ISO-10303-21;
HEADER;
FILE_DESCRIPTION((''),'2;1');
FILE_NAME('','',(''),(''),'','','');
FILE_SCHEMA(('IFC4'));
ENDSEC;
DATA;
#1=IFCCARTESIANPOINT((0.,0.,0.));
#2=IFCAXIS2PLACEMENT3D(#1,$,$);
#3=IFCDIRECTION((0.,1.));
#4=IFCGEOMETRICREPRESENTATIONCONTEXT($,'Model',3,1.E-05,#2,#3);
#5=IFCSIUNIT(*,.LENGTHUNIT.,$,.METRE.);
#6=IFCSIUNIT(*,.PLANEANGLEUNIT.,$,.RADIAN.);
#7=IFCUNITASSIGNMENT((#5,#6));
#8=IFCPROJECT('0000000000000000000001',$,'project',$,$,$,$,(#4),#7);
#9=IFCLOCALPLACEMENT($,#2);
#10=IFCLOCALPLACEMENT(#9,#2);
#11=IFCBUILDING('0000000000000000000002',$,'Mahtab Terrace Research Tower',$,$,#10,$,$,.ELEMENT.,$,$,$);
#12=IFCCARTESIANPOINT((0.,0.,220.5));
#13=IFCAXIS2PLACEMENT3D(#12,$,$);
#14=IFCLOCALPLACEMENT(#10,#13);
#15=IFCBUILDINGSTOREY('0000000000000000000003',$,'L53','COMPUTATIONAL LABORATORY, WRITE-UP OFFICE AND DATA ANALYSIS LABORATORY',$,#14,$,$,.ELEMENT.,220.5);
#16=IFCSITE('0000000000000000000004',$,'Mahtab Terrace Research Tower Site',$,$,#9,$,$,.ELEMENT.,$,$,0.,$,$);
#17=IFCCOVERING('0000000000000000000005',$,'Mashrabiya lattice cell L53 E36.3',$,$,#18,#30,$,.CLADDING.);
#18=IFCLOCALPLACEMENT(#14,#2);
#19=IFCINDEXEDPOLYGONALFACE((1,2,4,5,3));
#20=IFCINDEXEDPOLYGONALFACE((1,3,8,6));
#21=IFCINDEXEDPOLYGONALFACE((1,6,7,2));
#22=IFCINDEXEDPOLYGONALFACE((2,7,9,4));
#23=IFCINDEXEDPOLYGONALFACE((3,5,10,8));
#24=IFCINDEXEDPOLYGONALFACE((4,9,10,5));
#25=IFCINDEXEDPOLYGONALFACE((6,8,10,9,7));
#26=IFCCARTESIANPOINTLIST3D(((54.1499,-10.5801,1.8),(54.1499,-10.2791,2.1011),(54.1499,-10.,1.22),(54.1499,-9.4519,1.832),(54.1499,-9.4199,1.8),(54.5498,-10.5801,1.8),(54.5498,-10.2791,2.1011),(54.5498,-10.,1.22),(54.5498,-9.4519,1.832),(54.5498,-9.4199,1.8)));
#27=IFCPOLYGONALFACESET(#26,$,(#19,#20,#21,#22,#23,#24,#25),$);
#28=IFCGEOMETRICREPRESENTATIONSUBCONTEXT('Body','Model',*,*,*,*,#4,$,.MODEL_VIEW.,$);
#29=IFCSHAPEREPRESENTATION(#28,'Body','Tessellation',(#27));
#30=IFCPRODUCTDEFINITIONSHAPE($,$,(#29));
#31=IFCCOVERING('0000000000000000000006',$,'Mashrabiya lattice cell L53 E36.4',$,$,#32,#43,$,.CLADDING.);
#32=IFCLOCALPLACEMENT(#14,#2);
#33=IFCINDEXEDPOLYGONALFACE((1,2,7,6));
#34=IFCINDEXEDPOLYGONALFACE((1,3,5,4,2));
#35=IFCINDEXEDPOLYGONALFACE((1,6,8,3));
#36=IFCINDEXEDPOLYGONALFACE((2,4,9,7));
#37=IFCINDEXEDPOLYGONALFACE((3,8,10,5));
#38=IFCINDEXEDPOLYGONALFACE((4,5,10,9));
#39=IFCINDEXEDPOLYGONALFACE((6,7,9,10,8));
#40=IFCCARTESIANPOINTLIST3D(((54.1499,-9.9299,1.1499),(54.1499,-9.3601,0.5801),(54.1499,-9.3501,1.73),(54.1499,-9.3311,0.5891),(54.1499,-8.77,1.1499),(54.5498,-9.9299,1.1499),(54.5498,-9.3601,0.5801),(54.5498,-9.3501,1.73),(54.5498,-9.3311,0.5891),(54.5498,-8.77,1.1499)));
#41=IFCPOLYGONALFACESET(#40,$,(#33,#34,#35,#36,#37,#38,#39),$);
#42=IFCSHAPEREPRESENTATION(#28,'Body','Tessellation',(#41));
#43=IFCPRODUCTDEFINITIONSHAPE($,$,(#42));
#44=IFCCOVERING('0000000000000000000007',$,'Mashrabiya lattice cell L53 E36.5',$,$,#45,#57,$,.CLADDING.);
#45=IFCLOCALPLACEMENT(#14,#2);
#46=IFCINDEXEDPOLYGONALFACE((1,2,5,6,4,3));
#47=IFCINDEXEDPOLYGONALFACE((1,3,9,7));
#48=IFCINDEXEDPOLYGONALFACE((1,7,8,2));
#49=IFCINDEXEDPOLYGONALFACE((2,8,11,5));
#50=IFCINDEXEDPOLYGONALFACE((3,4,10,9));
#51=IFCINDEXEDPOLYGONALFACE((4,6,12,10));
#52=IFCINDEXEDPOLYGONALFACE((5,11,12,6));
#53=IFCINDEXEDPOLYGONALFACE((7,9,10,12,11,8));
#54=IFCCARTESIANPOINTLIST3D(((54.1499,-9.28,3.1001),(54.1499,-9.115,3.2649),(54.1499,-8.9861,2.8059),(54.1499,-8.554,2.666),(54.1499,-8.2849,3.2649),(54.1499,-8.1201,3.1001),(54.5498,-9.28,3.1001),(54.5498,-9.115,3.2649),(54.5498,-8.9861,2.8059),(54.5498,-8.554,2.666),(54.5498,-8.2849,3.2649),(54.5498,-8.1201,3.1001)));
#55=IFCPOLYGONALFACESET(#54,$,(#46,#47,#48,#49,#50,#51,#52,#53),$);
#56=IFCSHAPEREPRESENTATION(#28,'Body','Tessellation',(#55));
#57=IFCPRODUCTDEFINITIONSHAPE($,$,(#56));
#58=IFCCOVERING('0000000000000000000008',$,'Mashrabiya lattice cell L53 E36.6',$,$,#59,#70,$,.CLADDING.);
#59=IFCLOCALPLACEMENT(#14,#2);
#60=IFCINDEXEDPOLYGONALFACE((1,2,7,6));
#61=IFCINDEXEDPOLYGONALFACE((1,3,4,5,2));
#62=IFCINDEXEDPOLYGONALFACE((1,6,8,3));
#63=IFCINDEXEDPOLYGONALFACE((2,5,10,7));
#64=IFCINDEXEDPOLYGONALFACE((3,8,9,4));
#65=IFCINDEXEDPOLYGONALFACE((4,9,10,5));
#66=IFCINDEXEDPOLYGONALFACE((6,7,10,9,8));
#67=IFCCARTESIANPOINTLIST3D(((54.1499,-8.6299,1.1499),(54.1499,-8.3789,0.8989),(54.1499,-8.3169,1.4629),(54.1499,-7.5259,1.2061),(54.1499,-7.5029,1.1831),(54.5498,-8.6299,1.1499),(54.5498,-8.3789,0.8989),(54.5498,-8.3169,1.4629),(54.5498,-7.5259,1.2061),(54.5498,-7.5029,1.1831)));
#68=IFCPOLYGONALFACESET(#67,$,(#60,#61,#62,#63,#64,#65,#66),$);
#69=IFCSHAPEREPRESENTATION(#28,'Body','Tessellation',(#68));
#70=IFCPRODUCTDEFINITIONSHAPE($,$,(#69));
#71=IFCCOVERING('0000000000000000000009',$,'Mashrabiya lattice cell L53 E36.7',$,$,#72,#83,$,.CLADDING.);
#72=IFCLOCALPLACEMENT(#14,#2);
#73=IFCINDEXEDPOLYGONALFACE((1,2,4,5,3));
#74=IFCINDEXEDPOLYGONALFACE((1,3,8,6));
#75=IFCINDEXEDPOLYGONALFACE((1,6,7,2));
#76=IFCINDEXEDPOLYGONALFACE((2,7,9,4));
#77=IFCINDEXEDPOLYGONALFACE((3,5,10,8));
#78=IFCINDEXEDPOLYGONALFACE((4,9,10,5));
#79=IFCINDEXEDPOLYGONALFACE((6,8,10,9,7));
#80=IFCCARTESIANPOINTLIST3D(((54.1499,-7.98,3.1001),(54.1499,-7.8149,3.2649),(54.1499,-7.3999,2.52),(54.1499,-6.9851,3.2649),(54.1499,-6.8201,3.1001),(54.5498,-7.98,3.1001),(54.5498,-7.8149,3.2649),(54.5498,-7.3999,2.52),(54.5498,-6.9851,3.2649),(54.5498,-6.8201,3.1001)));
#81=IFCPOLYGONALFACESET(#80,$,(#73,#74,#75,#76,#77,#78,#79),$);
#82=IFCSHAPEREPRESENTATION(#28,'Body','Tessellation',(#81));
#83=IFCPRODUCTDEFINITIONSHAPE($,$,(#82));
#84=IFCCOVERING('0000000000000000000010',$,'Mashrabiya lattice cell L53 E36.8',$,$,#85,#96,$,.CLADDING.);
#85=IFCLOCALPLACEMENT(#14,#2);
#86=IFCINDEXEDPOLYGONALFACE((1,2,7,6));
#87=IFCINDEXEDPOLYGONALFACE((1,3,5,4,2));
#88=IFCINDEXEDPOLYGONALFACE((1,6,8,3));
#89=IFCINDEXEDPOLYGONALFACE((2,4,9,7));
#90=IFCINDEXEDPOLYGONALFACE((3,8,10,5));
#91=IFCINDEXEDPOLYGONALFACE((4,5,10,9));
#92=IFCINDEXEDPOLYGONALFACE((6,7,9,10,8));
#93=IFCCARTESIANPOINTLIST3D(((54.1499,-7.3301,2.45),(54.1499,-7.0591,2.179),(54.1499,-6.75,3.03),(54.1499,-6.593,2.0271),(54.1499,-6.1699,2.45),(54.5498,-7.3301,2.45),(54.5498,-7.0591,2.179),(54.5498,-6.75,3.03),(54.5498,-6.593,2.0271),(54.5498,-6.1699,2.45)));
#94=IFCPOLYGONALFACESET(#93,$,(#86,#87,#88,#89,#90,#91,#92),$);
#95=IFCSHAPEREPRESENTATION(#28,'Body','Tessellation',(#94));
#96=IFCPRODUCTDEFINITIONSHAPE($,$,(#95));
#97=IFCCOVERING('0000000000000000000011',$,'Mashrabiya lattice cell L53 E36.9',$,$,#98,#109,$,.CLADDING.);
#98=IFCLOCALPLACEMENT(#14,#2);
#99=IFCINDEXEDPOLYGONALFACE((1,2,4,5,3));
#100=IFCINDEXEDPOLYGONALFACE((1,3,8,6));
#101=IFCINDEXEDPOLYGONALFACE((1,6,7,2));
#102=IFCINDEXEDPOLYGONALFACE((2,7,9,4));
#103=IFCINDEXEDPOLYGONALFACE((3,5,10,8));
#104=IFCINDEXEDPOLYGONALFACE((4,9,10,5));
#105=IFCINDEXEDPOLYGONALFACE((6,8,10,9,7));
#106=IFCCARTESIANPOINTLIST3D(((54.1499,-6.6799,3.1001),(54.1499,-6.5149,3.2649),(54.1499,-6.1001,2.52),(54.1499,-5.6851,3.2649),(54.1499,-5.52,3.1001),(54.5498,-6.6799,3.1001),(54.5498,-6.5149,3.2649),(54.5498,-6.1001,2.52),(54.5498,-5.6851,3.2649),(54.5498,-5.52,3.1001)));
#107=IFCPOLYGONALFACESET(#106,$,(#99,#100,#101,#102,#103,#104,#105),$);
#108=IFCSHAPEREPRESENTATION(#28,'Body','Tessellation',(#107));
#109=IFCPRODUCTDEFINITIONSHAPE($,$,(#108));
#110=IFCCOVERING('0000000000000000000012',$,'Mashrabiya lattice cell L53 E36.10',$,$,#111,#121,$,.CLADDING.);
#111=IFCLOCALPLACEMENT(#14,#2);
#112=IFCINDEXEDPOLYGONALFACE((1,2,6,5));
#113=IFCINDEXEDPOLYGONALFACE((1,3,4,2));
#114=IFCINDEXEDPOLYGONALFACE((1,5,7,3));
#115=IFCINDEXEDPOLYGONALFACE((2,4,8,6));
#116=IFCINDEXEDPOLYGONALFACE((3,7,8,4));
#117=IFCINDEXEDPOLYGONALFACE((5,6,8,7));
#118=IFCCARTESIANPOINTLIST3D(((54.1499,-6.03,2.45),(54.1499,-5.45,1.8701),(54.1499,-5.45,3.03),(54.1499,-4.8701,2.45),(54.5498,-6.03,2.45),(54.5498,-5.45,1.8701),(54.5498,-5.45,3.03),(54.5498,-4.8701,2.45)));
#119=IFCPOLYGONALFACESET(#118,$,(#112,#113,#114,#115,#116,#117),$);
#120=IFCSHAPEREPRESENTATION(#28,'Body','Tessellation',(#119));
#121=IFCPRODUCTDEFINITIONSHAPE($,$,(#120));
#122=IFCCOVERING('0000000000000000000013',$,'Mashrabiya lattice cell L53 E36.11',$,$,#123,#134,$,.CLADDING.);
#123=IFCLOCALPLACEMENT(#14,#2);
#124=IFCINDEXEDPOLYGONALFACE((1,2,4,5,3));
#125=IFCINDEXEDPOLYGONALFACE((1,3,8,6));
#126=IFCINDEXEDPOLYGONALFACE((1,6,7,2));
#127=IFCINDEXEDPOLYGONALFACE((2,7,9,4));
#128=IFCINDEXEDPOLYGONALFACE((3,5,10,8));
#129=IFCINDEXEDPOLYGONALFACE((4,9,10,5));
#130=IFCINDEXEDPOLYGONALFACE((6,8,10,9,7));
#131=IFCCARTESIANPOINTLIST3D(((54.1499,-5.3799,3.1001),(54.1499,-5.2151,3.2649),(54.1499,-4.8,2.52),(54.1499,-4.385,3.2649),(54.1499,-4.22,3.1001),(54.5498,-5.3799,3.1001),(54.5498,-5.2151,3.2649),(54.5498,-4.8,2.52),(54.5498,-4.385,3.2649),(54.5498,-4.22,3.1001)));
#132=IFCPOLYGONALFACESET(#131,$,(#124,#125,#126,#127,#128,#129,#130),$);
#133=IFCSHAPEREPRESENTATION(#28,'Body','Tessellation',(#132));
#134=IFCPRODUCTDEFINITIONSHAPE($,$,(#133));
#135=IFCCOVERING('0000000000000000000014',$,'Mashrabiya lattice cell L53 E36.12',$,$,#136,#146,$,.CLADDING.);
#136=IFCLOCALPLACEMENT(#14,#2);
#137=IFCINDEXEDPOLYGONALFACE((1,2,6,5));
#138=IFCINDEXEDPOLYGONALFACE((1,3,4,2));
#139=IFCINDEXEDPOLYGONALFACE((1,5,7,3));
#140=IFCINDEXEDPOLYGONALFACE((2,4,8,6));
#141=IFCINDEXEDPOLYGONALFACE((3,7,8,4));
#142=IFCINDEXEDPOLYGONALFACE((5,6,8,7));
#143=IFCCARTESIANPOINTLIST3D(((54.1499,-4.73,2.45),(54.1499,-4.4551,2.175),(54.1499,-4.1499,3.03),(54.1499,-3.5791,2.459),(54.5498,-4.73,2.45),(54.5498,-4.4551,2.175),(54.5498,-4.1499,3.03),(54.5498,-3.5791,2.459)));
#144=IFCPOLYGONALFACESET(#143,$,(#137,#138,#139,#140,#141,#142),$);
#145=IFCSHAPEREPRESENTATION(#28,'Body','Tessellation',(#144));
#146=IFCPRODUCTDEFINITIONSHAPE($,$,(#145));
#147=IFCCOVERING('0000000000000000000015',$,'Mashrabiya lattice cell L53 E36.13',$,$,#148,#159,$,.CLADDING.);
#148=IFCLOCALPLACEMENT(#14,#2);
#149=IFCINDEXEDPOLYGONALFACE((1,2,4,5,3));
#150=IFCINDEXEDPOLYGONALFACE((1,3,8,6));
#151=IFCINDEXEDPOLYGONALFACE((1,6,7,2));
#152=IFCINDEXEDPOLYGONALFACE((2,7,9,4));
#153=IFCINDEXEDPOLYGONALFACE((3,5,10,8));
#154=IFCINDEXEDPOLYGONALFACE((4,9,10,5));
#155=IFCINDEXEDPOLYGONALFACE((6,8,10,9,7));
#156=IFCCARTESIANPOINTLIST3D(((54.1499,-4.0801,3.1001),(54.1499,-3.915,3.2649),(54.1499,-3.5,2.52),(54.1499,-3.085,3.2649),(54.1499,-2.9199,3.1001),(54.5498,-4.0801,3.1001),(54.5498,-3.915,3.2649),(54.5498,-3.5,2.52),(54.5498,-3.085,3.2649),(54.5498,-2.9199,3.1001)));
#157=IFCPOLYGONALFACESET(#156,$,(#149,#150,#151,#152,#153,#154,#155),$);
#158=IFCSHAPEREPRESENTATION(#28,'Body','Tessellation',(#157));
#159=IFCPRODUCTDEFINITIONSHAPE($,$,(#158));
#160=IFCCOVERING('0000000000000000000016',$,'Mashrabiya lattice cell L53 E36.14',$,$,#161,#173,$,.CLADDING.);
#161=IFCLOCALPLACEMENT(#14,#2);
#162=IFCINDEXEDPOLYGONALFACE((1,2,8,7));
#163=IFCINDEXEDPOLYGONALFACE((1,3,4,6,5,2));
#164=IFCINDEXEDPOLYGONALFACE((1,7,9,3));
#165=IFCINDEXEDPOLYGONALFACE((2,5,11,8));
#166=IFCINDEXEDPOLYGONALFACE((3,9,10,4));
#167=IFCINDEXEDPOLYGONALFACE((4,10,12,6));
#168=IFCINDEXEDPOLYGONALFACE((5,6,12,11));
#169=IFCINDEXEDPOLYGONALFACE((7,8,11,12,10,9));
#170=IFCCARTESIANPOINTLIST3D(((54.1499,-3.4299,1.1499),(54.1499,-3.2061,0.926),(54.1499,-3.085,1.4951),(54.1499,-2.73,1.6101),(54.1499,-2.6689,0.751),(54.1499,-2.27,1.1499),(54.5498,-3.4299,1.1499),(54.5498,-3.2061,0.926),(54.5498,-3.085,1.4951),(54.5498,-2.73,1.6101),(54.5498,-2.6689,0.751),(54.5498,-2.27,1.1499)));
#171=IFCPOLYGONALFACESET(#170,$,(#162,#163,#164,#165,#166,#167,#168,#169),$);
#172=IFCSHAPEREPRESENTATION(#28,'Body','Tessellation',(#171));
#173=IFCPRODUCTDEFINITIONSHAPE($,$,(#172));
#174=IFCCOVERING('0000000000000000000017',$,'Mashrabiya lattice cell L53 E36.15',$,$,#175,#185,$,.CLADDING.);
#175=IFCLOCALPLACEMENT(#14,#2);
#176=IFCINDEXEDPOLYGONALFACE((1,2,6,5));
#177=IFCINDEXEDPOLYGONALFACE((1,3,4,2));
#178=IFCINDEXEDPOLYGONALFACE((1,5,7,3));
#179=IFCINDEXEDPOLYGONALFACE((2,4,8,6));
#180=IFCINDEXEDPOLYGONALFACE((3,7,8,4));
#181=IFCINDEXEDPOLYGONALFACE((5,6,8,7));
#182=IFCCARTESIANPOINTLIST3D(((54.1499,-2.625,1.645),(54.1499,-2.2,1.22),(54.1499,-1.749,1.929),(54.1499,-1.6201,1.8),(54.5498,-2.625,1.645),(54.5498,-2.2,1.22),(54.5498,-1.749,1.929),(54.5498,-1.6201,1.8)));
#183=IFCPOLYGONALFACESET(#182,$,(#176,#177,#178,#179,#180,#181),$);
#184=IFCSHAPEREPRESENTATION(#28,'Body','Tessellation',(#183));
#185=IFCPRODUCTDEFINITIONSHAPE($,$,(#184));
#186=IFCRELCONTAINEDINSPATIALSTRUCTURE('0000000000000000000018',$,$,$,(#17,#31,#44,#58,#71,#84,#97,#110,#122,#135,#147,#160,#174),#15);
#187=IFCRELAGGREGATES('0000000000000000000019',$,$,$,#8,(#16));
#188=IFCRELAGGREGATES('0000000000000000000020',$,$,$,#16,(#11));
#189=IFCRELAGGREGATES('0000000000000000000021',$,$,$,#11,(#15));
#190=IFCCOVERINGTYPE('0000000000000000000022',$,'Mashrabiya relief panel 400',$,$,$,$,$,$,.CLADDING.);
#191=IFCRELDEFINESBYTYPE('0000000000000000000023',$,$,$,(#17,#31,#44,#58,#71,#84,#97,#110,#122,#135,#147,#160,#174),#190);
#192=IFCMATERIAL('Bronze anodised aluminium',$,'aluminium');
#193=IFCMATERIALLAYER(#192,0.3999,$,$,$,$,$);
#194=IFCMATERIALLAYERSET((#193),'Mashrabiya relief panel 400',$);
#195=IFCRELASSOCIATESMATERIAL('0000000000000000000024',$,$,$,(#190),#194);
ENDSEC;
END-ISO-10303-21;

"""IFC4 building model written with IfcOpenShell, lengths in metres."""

from ifc_helpers import new_model, si_unit, direction, frame, origin, place, context, subcontext, project, spatial, polyline, outline, extrude, material, layer, layer_set, type_object, element, save


model = new_model("IFC4")

# Units and contexts
model_context = context("Model", 3, precision=1e-05, world=origin(), true_north=direction((0.0, 1.0)))
body_context = subcontext(model_context, "Body", "Model", "MODEL_VIEW")
ifc_project = project(units=[si_unit("LENGTHUNIT", "METRE"), si_unit("PLANEANGLEUNIT", "RADIAN")], contexts=[model_context])

# Site, building, storey
site_placement = place(None, origin())
site = spatial("IfcSite", under=ifc_project, at=site_placement, Name="Mahtab Terrace Research Tower Site", CompositionType="ELEMENT", RefElevation=0.0)
building_placement = place(site_placement, origin())
building = spatial("IfcBuilding", under=site, at=building_placement, Name="Mahtab Terrace Research Tower", CompositionType="ELEMENT")
storey_placement = place(building_placement, frame((0.0, 0.0, 220.5)))
storey = spatial("IfcBuildingStorey", under=building, at=storey_placement, Name="L53", Description="COMPUTATIONAL LABORATORY, WRITE-UP OFFICE AND DATA ANALYSIS LABORATORY", CompositionType="ELEMENT", Elevation=220.5)

# Coverings
ifc_material_1 = material(Name="Bronze anodised aluminium", Category="aluminium")
ifc_layer_1 = layer(ifc_material_1, 0.3999)
ifc_layer_set_1 = layer_set([ifc_layer_1], Name="Mashrabiya relief panel 400")
covering_type = type_object("IfcCoveringType", Name="Mashrabiya relief panel 400", PredefinedType="CLADDING", material=ifc_layer_set_1)
covering_1_placement = place(storey_placement, frame((54.1499, -9.4199, 1.8), z_axis=(-1.0, 0.0, 0.0), x_axis=(0.0, -0.707107, -0.707107)))
element("IfcCovering", 1, at=covering_1_placement, inside=storey, type_object=covering_type, Name="Mashrabiya lattice cell L53 E36.3", PredefinedType="CLADDING", context=body_context, shape_type="SweptSolid", body=[
    extrude(outline(polyline([(0.0, 0.0), (0.8204, 0.0), (0.8204, 0.8204), (0.3946, 0.8204), (0.0, 0.0452), (0.0, 0.0)])), origin(), (0.0, 0.0, -1.0), 0.3999),
])
covering_2_placement = place(storey_placement, frame((54.1499, -9.9299, 1.1499), z_axis=(-1.0, 0.0, 0.0), x_axis=(0.0, 0.706958, 0.707256)))
element("IfcCovering", 2, at=covering_2_placement, inside=storey, type_object=covering_type, Name="Mashrabiya lattice cell L53 E36.4", PredefinedType="CLADDING", context=body_context, shape_type="SweptSolid", body=[
    extrude(outline(polyline([(0.0, 0.0), (0.8202, 0.0), (0.82, 0.8204), (0.0268, 0.82), (-0.0002, 0.8059), (0.0, 0.0)])), origin(), (0.0, 0.0, -1.0), 0.3999),
])
covering_3_placement = place(storey_placement, frame((54.1499, -9.28, 3.1001), z_axis=(-1.0, 0.0, 0.0), x_axis=(0.0, 0.70763, 0.706583)))
element("IfcCovering", 3, at=covering_3_placement, inside=storey, type_object=covering_type, Name="Mashrabiya lattice cell L53 E36.5", PredefinedType="CLADDING", context=body_context, shape_type="SweptSolid", body=[
    extrude(outline(polyline([(0.0, 0.0), (0.2332, 0.0), (0.8206, 0.5865), (0.8208, 0.8196), (0.2071, 0.8202), (0.0001, 0.4159), (0.0, 0.0)])), origin(), (0.0, 0.0, -1.0), 0.3999),
])
covering_4_placement = place(storey_placement, frame((54.1499, -8.6299, 1.1499), z_axis=(-1.0, 0.0, 0.0), x_axis=(0.0, 0.707107, 0.707107)))
element("IfcCovering", 4, at=covering_4_placement, inside=storey, type_object=covering_type, Name="Mashrabiya lattice cell L53 E36.6", PredefinedType="CLADDING", context=body_context, shape_type="SweptSolid", body=[
    extrude(outline(polyline([(0.0, 0.0), (0.4426, 0.0), (0.8204, 0.7409), (0.8204, 0.7734), (0.0, 0.3549), (0.0, 0.0)])), origin(), (0.0, 0.0, -1.0), 0.3999),
])
covering_5_placement = place(storey_placement, frame((54.1499, -6.8201, 3.1001), z_axis=(-1.0, 0.0, 0.0), x_axis=(0.0, -0.706958, -0.707256)))
element("IfcCovering", 5, at=covering_5_placement, inside=storey, type_object=covering_type, Name="Mashrabiya lattice cell L53 E36.7", PredefinedType="CLADDING", context=body_context, shape_type="SweptSolid", body=[
    extrude(outline(polyline([(0.0, 0.0), (0.8202, 0.0), (0.82, 0.8204), (0.5868, 0.8201), (0.0001, 0.2332), (0.0, 0.0)])), origin(), (0.0, 0.0, -1.0), 0.3999),
])
covering_6_placement = place(storey_placement, frame((54.1499, -7.3301, 2.45), z_axis=(-1.0, 0.0, 0.0), x_axis=(0.0, 0.707107, 0.707107)))
element("IfcCovering", 6, at=covering_6_placement, inside=storey, type_object=covering_type, Name="Mashrabiya lattice cell L53 E36.8", PredefinedType="CLADDING", context=body_context, shape_type="SweptSolid", body=[
    extrude(outline(polyline([(0.0, 0.0), (0.8204, 0.0), (0.8204, 0.8204), (0.2222, 0.8202), (0.0, 0.3832), (0.0, 0.0)])), origin(), (0.0, 0.0, -1.0), 0.3999),
])
covering_7_placement = place(storey_placement, frame((54.1499, -5.52, 3.1001), z_axis=(-1.0, 0.0, 0.0), x_axis=(0.0, -0.707107, -0.707107)))
element("IfcCovering", 7, at=covering_7_placement, inside=storey, type_object=covering_type, Name="Mashrabiya lattice cell L53 E36.9", PredefinedType="CLADDING", context=body_context, shape_type="SweptSolid", body=[
    extrude(outline(polyline([(0.0, 0.0), (0.8204, 0.0), (0.8202, 0.8202), (0.587, 0.82), (0.0002, 0.2332), (0.0, 0.0)])), origin(), (0.0, 0.0, -1.0), 0.3999),
])
covering_8_placement = place(storey_placement, frame((54.1499, -5.45, 3.03), z_axis=(-1.0, 0.0, 0.0), x_axis=(0.0, 0.706958, -0.707256)))
element("IfcCovering", 8, at=covering_8_placement, inside=storey, type_object=covering_type, Name="Mashrabiya lattice cell L53 E36.10", PredefinedType="CLADDING", context=body_context, shape_type="SweptSolid", body=[
    extrude(outline(polyline([(0.0, 0.0), (0.8202, 0.0), (0.8204, 0.82), (0.0002, 0.8204), (0.0, 0.0)])), origin(), (0.0, 0.0, -1.0), 0.3999),
])
covering_9_placement = place(storey_placement, frame((54.1499, -4.22, 3.1001), z_axis=(-1.0, 0.0, 0.0), x_axis=(0.0, -0.707107, -0.707107)))
element("IfcCovering", 9, at=covering_9_placement, inside=storey, type_object=covering_type, Name="Mashrabiya lattice cell L53 E36.11", PredefinedType="CLADDING", context=body_context, shape_type="SweptSolid", body=[
    extrude(outline(polyline([(0.0, 0.0), (0.8204, 0.0), (0.8202, 0.8202), (0.5871, 0.8202), (0.0002, 0.2332), (0.0, 0.0)])), origin(), (0.0, 0.0, -1.0), 0.3999),
])
covering_10_placement = place(storey_placement, frame((54.1499, -4.73, 2.45), z_axis=(-1.0, 0.0, 0.0), x_axis=(0.0, 0.707107, 0.707107)))
element("IfcCovering", 10, at=covering_10_placement, inside=storey, type_object=covering_type, Name="Mashrabiya lattice cell L53 E36.12", PredefinedType="CLADDING", context=body_context, shape_type="SweptSolid", body=[
    extrude(outline(polyline([(0.0, 0.0), (0.8204, 0.0), (0.8202, 0.8074), (0.0, 0.3888), (0.0, 0.0)])), origin(), (0.0, 0.0, -1.0), 0.3999),
])
covering_11_placement = place(storey_placement, frame((54.1499, -2.9199, 3.1001), z_axis=(-1.0, 0.0, 0.0), x_axis=(0.0, -0.707107, -0.707107)))
element("IfcCovering", 11, at=covering_11_placement, inside=storey, type_object=covering_type, Name="Mashrabiya lattice cell L53 E36.13", PredefinedType="CLADDING", context=body_context, shape_type="SweptSolid", body=[
    extrude(outline(polyline([(0.0, 0.0), (0.8204, 0.0), (0.8204, 0.8204), (0.5871, 0.8202), (0.0002, 0.2332), (0.0, 0.0)])), origin(), (0.0, 0.0, -1.0), 0.3999),
])
covering_12_placement = place(storey_placement, frame((54.1499, -3.4299, 1.1499), z_axis=(-1.0, 0.0, 0.0), x_axis=(0.0, 0.706857, 0.707357)))
element("IfcCovering", 12, at=covering_12_placement, inside=storey, type_object=covering_type, Name="Mashrabiya lattice cell L53 E36.14", PredefinedType="CLADDING", context=body_context, shape_type="SweptSolid", body=[
    extrude(outline(polyline([(0.0, 0.0), (0.488, 0.0), (0.8203, 0.1698), (0.8199, 0.8205), (0.2557, 0.8203), (-0.0001, 0.3166), (0.0, 0.0)])), origin(), (0.0, 0.0, -1.0), 0.3999),
])
covering_13_placement = place(storey_placement, frame((54.1499, -1.6201, 1.8), z_axis=(-1.0, 0.0, 0.0), x_axis=(0.0, -0.706958, -0.707256)))
element("IfcCovering", 13, at=covering_13_placement, inside=storey, type_object=covering_type, Name="Mashrabiya lattice cell L53 E36.15", PredefinedType="CLADDING", context=body_context, shape_type="SweptSolid", body=[
    extrude(outline(polyline([(0.0, 0.0), (0.8202, 0.0), (0.8201, 0.6011), (0.0, 0.1823), (0.0, 0.0)])), origin(), (0.0, 0.0, -1.0), 0.3999),
])

save(model, "model.ifc")
